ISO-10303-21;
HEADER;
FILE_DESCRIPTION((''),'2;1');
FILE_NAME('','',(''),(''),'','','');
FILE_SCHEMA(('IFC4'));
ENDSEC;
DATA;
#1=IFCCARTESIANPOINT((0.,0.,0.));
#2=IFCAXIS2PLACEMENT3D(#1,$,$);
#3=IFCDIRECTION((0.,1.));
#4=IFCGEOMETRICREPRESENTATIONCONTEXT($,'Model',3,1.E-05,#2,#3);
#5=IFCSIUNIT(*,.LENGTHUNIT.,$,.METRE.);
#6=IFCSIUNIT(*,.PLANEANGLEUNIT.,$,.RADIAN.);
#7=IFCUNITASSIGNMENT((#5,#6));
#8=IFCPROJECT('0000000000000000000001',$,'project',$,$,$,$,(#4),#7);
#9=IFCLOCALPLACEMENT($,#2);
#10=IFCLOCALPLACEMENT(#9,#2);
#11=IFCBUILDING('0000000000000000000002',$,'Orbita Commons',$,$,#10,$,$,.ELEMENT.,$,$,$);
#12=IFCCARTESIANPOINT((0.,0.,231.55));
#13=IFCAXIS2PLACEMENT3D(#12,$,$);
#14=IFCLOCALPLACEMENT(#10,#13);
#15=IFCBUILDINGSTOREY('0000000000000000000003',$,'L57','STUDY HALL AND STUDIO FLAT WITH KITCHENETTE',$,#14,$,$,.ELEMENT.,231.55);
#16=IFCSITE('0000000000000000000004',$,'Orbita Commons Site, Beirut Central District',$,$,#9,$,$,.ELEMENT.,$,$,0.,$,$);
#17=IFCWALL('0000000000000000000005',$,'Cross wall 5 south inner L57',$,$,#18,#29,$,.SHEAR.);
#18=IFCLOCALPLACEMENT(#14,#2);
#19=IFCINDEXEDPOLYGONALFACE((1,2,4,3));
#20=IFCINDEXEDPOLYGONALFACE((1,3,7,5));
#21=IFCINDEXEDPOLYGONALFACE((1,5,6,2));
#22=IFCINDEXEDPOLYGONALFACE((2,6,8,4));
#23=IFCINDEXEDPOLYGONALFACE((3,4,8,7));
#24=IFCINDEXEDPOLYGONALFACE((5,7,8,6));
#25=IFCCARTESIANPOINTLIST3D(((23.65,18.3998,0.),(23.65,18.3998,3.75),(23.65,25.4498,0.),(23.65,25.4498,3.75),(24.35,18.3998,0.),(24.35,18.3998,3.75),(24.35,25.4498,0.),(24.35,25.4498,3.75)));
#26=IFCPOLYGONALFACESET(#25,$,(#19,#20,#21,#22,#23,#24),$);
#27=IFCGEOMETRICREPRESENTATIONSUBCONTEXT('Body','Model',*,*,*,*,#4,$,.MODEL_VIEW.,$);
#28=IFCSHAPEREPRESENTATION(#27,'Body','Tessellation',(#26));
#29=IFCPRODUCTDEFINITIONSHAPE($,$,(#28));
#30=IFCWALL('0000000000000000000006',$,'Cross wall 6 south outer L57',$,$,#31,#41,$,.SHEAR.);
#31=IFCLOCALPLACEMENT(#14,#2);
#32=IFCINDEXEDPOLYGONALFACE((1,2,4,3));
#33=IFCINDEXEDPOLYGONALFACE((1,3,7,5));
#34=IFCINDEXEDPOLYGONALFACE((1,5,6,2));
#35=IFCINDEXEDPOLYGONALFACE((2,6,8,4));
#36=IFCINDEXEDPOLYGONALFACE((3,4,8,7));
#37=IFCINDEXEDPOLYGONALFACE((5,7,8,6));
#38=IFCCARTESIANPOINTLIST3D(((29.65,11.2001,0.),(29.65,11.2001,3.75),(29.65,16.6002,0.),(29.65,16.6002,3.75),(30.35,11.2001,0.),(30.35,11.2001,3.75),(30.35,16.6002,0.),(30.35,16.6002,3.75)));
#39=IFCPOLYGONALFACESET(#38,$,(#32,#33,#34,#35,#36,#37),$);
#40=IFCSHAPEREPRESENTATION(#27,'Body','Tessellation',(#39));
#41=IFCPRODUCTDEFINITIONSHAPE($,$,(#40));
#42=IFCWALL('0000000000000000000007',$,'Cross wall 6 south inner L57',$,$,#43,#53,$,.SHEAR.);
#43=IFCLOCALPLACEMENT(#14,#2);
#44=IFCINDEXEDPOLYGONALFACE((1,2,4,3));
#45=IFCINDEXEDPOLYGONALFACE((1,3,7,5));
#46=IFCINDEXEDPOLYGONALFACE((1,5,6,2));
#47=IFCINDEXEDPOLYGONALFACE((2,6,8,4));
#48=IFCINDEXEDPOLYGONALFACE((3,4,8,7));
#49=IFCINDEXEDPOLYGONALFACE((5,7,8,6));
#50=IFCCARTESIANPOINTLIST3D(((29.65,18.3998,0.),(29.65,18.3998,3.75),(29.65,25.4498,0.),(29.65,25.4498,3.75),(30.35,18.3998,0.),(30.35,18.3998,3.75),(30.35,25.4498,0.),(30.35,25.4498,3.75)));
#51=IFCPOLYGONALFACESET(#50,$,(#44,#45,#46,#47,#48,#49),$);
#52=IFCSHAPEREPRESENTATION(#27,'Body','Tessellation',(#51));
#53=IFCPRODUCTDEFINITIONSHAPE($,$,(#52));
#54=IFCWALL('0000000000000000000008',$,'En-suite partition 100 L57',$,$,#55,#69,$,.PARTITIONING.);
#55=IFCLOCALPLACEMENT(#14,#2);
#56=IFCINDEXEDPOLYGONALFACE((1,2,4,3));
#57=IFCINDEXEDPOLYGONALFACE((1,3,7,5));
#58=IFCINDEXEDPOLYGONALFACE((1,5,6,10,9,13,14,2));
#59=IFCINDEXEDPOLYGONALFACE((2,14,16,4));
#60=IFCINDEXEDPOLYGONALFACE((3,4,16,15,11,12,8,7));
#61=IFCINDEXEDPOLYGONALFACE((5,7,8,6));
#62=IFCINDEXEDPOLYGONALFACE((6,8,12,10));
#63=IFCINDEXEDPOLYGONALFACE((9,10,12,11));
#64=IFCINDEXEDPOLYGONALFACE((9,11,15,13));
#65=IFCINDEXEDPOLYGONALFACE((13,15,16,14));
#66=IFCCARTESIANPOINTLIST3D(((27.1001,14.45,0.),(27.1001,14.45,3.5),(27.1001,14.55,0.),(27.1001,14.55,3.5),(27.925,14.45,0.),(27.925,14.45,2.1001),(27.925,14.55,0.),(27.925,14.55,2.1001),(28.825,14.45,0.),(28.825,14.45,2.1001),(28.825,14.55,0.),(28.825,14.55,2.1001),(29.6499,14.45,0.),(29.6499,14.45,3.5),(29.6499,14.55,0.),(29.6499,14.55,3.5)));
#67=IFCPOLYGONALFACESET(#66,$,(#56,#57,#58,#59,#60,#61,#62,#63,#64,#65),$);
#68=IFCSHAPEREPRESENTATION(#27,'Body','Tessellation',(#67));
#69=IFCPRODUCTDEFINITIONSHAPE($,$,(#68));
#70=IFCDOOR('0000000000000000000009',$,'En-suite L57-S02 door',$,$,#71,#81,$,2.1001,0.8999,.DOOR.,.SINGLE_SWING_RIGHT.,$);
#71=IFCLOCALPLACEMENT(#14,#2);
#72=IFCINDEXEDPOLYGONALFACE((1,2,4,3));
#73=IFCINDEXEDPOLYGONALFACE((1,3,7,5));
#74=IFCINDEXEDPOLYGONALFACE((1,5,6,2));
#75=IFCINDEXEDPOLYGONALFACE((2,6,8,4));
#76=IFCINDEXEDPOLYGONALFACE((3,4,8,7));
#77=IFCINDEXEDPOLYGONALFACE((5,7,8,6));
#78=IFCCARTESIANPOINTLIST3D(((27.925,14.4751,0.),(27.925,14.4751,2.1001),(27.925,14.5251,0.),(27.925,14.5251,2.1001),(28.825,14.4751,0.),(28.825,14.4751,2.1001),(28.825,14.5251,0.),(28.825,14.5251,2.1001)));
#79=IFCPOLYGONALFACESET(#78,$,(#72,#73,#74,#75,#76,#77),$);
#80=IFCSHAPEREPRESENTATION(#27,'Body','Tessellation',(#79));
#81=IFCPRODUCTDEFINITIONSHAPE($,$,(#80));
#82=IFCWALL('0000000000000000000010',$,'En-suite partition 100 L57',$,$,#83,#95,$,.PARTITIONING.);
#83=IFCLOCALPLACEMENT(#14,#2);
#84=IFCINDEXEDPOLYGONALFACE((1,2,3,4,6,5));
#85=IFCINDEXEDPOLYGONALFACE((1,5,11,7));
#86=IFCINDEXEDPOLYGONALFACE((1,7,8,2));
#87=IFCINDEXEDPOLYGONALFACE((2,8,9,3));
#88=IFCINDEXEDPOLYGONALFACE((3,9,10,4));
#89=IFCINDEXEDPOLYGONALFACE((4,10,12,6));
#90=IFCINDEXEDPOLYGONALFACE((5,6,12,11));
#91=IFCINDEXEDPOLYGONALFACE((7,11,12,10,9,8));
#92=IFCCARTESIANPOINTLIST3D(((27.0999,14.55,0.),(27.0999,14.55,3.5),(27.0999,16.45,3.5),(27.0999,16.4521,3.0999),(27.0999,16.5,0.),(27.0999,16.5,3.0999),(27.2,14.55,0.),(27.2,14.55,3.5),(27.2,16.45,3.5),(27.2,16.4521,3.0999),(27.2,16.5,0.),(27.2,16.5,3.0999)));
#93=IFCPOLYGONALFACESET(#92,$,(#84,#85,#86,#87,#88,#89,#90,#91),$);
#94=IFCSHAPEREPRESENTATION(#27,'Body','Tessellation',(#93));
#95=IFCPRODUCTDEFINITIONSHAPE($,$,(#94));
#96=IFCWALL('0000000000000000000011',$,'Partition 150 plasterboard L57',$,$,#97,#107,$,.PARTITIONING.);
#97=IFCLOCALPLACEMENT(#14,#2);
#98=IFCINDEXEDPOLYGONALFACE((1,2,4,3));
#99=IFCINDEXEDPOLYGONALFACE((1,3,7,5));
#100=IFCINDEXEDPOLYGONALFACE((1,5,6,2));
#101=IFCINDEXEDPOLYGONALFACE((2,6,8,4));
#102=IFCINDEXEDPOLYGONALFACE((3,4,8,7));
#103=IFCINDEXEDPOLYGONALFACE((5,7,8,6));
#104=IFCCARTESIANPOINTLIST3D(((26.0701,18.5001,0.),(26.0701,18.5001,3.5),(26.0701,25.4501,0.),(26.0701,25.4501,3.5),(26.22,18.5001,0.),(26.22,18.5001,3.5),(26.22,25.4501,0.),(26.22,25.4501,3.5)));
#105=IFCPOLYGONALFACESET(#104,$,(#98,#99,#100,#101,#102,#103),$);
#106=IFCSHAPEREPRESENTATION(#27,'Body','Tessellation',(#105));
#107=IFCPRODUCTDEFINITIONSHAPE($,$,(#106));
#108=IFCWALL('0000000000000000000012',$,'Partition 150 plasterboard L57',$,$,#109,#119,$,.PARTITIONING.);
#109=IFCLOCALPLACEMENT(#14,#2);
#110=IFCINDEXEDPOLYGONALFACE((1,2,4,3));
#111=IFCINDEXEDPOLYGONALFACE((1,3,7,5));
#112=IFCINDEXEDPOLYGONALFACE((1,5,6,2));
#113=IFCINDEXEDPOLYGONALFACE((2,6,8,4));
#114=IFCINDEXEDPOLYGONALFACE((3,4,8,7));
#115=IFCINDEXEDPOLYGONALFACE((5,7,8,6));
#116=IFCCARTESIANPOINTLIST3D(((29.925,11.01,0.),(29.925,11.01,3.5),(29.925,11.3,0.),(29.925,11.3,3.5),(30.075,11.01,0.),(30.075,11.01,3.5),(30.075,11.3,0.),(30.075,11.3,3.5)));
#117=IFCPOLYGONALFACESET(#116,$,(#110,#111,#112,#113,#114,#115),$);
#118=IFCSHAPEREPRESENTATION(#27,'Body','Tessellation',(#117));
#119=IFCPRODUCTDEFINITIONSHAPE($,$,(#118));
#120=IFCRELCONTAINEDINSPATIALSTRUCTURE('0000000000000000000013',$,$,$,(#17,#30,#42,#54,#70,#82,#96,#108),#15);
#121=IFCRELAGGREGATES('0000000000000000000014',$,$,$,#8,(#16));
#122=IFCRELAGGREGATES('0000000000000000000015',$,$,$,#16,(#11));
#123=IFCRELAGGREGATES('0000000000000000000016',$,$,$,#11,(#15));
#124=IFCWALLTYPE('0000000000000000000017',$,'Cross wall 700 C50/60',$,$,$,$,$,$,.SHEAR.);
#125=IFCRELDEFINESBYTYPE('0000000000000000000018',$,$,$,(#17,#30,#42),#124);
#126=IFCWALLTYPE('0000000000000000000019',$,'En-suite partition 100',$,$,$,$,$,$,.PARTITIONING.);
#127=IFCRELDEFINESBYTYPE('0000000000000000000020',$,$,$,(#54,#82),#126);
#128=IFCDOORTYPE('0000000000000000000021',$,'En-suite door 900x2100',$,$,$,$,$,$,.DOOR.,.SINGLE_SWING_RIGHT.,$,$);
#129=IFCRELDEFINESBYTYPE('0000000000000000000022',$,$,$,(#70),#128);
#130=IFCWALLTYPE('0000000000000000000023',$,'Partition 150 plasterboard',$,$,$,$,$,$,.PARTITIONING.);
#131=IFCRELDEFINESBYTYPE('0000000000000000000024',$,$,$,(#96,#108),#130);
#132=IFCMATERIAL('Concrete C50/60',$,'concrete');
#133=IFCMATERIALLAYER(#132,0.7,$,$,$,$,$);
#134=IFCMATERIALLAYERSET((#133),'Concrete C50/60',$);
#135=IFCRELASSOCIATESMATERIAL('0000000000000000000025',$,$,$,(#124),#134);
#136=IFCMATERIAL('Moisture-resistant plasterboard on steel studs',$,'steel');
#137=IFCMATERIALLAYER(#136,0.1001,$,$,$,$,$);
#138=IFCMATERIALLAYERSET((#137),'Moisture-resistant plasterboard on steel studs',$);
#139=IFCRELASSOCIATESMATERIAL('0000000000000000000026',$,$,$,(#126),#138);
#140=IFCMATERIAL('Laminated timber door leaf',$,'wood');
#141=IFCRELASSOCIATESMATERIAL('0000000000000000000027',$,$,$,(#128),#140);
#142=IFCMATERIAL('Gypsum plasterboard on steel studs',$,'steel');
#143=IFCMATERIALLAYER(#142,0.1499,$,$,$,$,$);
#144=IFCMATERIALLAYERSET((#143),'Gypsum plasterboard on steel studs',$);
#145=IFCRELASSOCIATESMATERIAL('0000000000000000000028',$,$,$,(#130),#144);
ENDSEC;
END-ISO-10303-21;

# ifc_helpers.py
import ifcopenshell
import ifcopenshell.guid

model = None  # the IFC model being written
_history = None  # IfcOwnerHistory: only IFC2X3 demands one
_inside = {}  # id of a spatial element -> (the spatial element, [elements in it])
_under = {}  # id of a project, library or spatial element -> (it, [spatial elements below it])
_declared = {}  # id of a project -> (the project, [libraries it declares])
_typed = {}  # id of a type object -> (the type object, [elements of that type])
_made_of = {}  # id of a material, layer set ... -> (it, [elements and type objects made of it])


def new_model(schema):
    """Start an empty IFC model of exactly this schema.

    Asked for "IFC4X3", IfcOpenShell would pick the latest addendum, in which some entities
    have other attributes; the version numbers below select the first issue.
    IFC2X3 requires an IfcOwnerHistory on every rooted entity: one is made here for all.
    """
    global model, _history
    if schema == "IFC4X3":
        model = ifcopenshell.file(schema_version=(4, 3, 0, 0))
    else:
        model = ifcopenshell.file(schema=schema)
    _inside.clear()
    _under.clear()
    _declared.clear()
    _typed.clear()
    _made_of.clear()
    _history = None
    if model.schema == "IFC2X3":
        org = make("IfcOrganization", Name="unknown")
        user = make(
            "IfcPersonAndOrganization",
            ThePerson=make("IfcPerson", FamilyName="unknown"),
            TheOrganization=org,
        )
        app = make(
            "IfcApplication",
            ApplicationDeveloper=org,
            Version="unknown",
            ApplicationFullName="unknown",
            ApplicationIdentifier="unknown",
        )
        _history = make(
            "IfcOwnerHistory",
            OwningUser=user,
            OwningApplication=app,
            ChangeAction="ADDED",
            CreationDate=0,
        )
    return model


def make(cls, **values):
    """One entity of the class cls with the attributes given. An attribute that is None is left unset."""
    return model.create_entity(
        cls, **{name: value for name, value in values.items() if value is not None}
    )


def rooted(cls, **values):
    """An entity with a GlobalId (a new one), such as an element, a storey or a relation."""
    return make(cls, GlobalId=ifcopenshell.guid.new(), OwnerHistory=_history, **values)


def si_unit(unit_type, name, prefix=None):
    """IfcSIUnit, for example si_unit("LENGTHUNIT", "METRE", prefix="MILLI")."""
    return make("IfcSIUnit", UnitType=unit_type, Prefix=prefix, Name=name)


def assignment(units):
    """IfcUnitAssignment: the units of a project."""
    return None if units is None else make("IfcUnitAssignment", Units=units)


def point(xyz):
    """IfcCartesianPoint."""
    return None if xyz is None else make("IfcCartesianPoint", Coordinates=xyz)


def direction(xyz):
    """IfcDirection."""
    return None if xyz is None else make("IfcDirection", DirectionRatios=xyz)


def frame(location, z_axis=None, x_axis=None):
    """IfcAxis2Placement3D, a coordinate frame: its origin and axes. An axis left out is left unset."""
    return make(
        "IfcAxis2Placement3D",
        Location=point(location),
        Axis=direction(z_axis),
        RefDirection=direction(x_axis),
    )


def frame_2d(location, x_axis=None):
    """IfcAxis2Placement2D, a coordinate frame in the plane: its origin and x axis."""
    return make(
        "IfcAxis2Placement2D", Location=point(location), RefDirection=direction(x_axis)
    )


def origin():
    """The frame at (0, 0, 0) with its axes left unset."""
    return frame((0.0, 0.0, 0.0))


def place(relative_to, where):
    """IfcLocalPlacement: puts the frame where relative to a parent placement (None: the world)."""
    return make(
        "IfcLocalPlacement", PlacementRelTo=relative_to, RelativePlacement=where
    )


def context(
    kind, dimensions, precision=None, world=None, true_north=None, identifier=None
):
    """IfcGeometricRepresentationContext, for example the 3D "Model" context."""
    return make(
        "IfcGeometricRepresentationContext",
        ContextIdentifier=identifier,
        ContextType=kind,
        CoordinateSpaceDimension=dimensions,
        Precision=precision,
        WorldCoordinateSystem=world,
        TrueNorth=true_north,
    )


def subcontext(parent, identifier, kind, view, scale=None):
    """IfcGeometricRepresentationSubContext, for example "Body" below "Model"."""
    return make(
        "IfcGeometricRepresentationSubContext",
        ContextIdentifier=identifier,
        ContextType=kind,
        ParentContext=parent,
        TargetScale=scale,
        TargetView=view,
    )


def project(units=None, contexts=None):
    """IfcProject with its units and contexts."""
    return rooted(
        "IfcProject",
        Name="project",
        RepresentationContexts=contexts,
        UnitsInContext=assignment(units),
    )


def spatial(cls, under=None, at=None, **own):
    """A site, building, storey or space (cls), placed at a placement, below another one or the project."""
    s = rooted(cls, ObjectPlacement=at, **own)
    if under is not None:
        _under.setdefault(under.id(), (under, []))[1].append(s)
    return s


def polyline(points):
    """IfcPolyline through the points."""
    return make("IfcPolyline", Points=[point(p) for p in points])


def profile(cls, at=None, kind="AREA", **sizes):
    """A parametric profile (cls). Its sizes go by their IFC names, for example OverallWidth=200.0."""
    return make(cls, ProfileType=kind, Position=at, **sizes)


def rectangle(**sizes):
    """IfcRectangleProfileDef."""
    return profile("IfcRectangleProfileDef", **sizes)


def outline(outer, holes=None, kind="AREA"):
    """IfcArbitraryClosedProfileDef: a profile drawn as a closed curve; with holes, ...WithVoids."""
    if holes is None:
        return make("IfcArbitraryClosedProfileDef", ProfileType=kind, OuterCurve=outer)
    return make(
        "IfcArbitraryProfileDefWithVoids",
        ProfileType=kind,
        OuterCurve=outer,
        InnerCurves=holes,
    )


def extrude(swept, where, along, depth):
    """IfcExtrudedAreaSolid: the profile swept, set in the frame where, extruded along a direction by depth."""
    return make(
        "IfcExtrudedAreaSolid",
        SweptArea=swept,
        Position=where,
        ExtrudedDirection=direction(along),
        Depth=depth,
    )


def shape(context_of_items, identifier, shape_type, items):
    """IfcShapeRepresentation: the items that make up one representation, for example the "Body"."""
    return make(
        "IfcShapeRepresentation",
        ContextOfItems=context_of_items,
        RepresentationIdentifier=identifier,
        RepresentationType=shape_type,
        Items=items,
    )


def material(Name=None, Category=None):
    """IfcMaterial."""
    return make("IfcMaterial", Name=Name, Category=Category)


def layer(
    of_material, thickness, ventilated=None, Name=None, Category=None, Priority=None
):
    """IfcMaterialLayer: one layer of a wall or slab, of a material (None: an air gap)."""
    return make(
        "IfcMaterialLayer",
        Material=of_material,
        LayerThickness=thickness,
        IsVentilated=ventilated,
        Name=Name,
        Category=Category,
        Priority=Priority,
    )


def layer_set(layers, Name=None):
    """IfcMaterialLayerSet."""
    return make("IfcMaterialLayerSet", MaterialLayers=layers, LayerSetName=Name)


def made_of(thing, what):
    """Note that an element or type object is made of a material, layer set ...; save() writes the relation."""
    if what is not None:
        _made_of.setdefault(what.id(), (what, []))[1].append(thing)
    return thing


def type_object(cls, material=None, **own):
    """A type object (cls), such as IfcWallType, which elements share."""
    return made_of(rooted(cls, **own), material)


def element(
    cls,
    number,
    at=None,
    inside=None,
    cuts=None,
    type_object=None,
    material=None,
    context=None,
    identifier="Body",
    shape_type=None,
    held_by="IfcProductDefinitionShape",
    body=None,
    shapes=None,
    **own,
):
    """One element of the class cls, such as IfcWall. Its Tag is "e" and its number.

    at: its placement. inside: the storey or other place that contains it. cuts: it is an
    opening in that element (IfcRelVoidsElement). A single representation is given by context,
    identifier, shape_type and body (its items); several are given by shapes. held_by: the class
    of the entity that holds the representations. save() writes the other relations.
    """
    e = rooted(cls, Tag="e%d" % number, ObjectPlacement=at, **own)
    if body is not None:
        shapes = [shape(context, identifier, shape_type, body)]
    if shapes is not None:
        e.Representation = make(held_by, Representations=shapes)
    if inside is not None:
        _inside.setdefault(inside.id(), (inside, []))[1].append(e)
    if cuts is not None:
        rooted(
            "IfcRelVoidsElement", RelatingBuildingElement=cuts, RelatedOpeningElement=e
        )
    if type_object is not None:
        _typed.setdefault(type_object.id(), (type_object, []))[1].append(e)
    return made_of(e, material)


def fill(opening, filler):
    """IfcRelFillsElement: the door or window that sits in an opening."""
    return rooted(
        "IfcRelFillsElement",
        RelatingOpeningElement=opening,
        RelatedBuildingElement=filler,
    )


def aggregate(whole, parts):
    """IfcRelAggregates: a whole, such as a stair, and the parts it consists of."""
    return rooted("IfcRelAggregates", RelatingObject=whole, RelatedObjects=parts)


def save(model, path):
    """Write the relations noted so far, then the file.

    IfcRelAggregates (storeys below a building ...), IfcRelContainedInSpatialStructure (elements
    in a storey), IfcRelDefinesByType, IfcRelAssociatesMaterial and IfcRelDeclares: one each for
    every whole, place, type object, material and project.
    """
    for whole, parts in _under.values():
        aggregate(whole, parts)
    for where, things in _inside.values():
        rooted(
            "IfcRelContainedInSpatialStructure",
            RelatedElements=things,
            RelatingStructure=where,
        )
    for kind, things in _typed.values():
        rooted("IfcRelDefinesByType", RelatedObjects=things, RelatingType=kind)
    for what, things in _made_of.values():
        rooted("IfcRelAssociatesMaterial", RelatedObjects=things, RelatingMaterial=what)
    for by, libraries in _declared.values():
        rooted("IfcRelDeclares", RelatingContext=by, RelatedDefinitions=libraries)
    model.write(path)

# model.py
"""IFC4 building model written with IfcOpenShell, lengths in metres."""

from ifc_helpers import new_model, si_unit, direction, frame, frame_2d, origin, place, context, subcontext, project, spatial, polyline, rectangle, outline, extrude, material, layer, layer_set, type_object, element, fill, save


model = new_model("IFC4")

# Units and contexts
model_context = context("Model", 3, precision=1e-05, world=origin(), true_north=direction((0.0, 1.0)))
body_context = subcontext(model_context, "Body", "Model", "MODEL_VIEW")
ifc_project = project(units=[si_unit("LENGTHUNIT", "METRE"), si_unit("PLANEANGLEUNIT", "RADIAN")], contexts=[model_context])

# Site, building, storey
site_placement = place(None, origin())
site = spatial("IfcSite", under=ifc_project, at=site_placement, Name="Orbita Commons Site, Beirut Central District", CompositionType="ELEMENT", RefElevation=0.0)
building_placement = place(site_placement, origin())
building = spatial("IfcBuilding", under=site, at=building_placement, Name="Orbita Commons", CompositionType="ELEMENT")
storey_placement = place(building_placement, frame((0.0, 0.0, 231.55)))
storey = spatial("IfcBuildingStorey", under=building, at=storey_placement, Name="L57", Description="STUDY HALL AND STUDIO FLAT WITH KITCHENETTE", CompositionType="ELEMENT", Elevation=231.55)

# Walls
ifc_material_1 = material(Name="Concrete C50/60", Category="concrete")
ifc_layer_1 = layer(ifc_material_1, 0.7)
ifc_layer_set_1 = layer_set([ifc_layer_1], Name="Concrete C50/60")
wall_type_1 = type_object("IfcWallType", Name="Cross wall 700 C50/60", PredefinedType="SHEAR", material=ifc_layer_set_1)
wall_1_placement = place(storey_placement, frame((24.0, 18.3999, 0.0), z_axis=(0.0, 0.0, 1.0), x_axis=(0.0, 1.0, 0.0)))
element("IfcWall", 1, at=wall_1_placement, inside=storey, type_object=wall_type_1, Name="Cross wall 5 south inner L57", PredefinedType="SHEAR", context=body_context, shape_type="SweptSolid", body=[
    extrude(rectangle(XDim=7.05, YDim=0.7, at=frame_2d((3.5249, 0.0))), origin(), (0.0, 0.0, 1.0), 3.75),
])
wall_2_placement = place(storey_placement, frame((30.0, 11.2, 0.0), z_axis=(0.0, 0.0, 1.0), x_axis=(0.0, 1.0, 0.0)))
element("IfcWall", 2, at=wall_2_placement, inside=storey, type_object=wall_type_1, Name="Cross wall 6 south outer L57", PredefinedType="SHEAR", context=body_context, shape_type="SweptSolid", body=[
    extrude(rectangle(XDim=5.4001, YDim=0.7, at=frame_2d((2.7002, 0.0))), origin(), (0.0, 0.0, 1.0), 3.75),
])
wall_3_placement = place(storey_placement, frame((30.0, 18.3999, 0.0), z_axis=(0.0, 0.0, 1.0), x_axis=(0.0, 1.0, 0.0)))
element("IfcWall", 3, at=wall_3_placement, inside=storey, type_object=wall_type_1, Name="Cross wall 6 south inner L57", PredefinedType="SHEAR", context=body_context, shape_type="SweptSolid", body=[
    extrude(rectangle(XDim=7.05, YDim=0.7, at=frame_2d((3.5249, 0.0))), origin(), (0.0, 0.0, 1.0), 3.75),
])

# Wall, opening, door
ifc_material_2 = material(Name="Moisture-resistant plasterboard on steel studs", Category="steel")
ifc_layer_2 = layer(ifc_material_2, 0.1001)
ifc_layer_set_2 = layer_set([ifc_layer_2], Name="Moisture-resistant plasterboard on steel studs")
wall_type_2 = type_object("IfcWallType", Name="En-suite partition 100", PredefinedType="PARTITIONING", material=ifc_layer_set_2)
wall_4_placement = place(storey_placement, frame((29.6499, 14.5, 0.0), z_axis=(0.0, 0.0, 1.0), x_axis=(-1.0, 0.0, 0.0)))
wall_4 = element("IfcWall", 4, at=wall_4_placement, inside=storey, type_object=wall_type_2, Name="En-suite partition 100 L57", PredefinedType="PARTITIONING", context=body_context, shape_type="SweptSolid", body=[
    extrude(rectangle(XDim=2.5498, YDim=0.1001, at=frame_2d((1.2749, 0.0))), origin(), (0.0, 0.0, 1.0), 3.5),
])
opening_1_placement = place(wall_4_placement, frame((0.825, 0.0, 0.0)))
opening_1 = element("IfcOpeningElement", 5, at=opening_1_placement, cuts=wall_4, PredefinedType="OPENING", context=body_context, shape_type="SweptSolid", body=[
    extrude(rectangle(XDim=0.8999, YDim=2.1001, at=frame_2d((0.45, 1.05))), frame((0.0, 0.0601, 0.0), z_axis=(0.0, -1.0, 0.0), x_axis=(1.0, 0.0, 0.0)), (0.0, 0.0, 1.0), 0.1201),
])
ifc_material_3 = material(Name="Laminated timber door leaf", Category="wood")
door_type_1 = type_object("IfcDoorType", Name="En-suite door 900x2100", OperationType="SINGLE_SWING_RIGHT", PredefinedType="DOOR", material=ifc_material_3)
door_1_placement = place(opening_1_placement, origin())
door_1 = element("IfcDoor", 6, at=door_1_placement, inside=storey, type_object=door_type_1, Name="En-suite L57-S02 door", OperationType="SINGLE_SWING_RIGHT", OverallHeight=2.1001, OverallWidth=0.8999, PredefinedType="DOOR", context=body_context, shape_type="SweptSolid", body=[
    extrude(rectangle(XDim=0.8999, YDim=2.1001, at=frame_2d((0.45, 1.05))), frame((0.0, 0.0249, 0.0), z_axis=(0.0, -1.0, 0.0), x_axis=(1.0, 0.0, 0.0)), (0.0, 0.0, 1.0), 0.05),
])
fill(opening_1, door_1)

# Walls
wall_5_placement = place(storey_placement, frame((27.1499, 14.55, 0.0), z_axis=(0.0, 0.0, 1.0), x_axis=(0.0, 1.0, 0.0)))
element("IfcWall", 7, at=wall_5_placement, inside=storey, type_object=wall_type_2, Name="En-suite partition 100 L57", PredefinedType="PARTITIONING", context=body_context, shape_type="SweptSolid", body=[
    extrude(outline(polyline([(0.0, 0.0), (1.95, 0.0), (1.95, 3.0999), (1.9021, 3.0999), (1.8999, 3.5), (0.0, 3.5), (0.0, 0.0)])), frame((0.0, 0.05, 0.0), z_axis=(0.0, -1.0, 0.0), x_axis=(1.0, 0.0, 0.0)), (0.0, 0.0, 1.0), 0.1001),
])
ifc_material_4 = material(Name="Gypsum plasterboard on steel studs", Category="steel")
ifc_layer_3 = layer(ifc_material_4, 0.1499)
ifc_layer_set_3 = layer_set([ifc_layer_3], Name="Gypsum plasterboard on steel studs")
wall_type_3 = type_object("IfcWallType", Name="Partition 150 plasterboard", PredefinedType="PARTITIONING", material=ifc_layer_set_3)
wall_6_placement = place(storey_placement, frame((26.145, 18.5, 0.0), z_axis=(0.0, 0.0, 1.0), x_axis=(0.0, 1.0, 0.0)))
element("IfcWall", 8, at=wall_6_placement, inside=storey, type_object=wall_type_3, Name="Partition 150 plasterboard L57", PredefinedType="PARTITIONING", context=body_context, shape_type="SweptSolid", body=[
    extrude(rectangle(XDim=6.95, YDim=0.1499, at=frame_2d((3.4751, 0.0))), origin(), (0.0, 0.0, 1.0), 3.5),
])
wall_7_placement = place(storey_placement, frame((30.0, 11.3, 0.0), z_axis=(0.0, 0.0, 1.0), x_axis=(0.0, -1.0, 0.0)))
element("IfcWall", 9, at=wall_7_placement, inside=storey, type_object=wall_type_3, Name="Partition 150 plasterboard L57", PredefinedType="PARTITIONING", context=body_context, shape_type="SweptSolid", body=[
    extrude(rectangle(XDim=0.29, YDim=0.1499, at=frame_2d((0.145, 0.0))), origin(), (0.0, 0.0, 1.0), 3.5),
])

save(model, "model.ifc")
